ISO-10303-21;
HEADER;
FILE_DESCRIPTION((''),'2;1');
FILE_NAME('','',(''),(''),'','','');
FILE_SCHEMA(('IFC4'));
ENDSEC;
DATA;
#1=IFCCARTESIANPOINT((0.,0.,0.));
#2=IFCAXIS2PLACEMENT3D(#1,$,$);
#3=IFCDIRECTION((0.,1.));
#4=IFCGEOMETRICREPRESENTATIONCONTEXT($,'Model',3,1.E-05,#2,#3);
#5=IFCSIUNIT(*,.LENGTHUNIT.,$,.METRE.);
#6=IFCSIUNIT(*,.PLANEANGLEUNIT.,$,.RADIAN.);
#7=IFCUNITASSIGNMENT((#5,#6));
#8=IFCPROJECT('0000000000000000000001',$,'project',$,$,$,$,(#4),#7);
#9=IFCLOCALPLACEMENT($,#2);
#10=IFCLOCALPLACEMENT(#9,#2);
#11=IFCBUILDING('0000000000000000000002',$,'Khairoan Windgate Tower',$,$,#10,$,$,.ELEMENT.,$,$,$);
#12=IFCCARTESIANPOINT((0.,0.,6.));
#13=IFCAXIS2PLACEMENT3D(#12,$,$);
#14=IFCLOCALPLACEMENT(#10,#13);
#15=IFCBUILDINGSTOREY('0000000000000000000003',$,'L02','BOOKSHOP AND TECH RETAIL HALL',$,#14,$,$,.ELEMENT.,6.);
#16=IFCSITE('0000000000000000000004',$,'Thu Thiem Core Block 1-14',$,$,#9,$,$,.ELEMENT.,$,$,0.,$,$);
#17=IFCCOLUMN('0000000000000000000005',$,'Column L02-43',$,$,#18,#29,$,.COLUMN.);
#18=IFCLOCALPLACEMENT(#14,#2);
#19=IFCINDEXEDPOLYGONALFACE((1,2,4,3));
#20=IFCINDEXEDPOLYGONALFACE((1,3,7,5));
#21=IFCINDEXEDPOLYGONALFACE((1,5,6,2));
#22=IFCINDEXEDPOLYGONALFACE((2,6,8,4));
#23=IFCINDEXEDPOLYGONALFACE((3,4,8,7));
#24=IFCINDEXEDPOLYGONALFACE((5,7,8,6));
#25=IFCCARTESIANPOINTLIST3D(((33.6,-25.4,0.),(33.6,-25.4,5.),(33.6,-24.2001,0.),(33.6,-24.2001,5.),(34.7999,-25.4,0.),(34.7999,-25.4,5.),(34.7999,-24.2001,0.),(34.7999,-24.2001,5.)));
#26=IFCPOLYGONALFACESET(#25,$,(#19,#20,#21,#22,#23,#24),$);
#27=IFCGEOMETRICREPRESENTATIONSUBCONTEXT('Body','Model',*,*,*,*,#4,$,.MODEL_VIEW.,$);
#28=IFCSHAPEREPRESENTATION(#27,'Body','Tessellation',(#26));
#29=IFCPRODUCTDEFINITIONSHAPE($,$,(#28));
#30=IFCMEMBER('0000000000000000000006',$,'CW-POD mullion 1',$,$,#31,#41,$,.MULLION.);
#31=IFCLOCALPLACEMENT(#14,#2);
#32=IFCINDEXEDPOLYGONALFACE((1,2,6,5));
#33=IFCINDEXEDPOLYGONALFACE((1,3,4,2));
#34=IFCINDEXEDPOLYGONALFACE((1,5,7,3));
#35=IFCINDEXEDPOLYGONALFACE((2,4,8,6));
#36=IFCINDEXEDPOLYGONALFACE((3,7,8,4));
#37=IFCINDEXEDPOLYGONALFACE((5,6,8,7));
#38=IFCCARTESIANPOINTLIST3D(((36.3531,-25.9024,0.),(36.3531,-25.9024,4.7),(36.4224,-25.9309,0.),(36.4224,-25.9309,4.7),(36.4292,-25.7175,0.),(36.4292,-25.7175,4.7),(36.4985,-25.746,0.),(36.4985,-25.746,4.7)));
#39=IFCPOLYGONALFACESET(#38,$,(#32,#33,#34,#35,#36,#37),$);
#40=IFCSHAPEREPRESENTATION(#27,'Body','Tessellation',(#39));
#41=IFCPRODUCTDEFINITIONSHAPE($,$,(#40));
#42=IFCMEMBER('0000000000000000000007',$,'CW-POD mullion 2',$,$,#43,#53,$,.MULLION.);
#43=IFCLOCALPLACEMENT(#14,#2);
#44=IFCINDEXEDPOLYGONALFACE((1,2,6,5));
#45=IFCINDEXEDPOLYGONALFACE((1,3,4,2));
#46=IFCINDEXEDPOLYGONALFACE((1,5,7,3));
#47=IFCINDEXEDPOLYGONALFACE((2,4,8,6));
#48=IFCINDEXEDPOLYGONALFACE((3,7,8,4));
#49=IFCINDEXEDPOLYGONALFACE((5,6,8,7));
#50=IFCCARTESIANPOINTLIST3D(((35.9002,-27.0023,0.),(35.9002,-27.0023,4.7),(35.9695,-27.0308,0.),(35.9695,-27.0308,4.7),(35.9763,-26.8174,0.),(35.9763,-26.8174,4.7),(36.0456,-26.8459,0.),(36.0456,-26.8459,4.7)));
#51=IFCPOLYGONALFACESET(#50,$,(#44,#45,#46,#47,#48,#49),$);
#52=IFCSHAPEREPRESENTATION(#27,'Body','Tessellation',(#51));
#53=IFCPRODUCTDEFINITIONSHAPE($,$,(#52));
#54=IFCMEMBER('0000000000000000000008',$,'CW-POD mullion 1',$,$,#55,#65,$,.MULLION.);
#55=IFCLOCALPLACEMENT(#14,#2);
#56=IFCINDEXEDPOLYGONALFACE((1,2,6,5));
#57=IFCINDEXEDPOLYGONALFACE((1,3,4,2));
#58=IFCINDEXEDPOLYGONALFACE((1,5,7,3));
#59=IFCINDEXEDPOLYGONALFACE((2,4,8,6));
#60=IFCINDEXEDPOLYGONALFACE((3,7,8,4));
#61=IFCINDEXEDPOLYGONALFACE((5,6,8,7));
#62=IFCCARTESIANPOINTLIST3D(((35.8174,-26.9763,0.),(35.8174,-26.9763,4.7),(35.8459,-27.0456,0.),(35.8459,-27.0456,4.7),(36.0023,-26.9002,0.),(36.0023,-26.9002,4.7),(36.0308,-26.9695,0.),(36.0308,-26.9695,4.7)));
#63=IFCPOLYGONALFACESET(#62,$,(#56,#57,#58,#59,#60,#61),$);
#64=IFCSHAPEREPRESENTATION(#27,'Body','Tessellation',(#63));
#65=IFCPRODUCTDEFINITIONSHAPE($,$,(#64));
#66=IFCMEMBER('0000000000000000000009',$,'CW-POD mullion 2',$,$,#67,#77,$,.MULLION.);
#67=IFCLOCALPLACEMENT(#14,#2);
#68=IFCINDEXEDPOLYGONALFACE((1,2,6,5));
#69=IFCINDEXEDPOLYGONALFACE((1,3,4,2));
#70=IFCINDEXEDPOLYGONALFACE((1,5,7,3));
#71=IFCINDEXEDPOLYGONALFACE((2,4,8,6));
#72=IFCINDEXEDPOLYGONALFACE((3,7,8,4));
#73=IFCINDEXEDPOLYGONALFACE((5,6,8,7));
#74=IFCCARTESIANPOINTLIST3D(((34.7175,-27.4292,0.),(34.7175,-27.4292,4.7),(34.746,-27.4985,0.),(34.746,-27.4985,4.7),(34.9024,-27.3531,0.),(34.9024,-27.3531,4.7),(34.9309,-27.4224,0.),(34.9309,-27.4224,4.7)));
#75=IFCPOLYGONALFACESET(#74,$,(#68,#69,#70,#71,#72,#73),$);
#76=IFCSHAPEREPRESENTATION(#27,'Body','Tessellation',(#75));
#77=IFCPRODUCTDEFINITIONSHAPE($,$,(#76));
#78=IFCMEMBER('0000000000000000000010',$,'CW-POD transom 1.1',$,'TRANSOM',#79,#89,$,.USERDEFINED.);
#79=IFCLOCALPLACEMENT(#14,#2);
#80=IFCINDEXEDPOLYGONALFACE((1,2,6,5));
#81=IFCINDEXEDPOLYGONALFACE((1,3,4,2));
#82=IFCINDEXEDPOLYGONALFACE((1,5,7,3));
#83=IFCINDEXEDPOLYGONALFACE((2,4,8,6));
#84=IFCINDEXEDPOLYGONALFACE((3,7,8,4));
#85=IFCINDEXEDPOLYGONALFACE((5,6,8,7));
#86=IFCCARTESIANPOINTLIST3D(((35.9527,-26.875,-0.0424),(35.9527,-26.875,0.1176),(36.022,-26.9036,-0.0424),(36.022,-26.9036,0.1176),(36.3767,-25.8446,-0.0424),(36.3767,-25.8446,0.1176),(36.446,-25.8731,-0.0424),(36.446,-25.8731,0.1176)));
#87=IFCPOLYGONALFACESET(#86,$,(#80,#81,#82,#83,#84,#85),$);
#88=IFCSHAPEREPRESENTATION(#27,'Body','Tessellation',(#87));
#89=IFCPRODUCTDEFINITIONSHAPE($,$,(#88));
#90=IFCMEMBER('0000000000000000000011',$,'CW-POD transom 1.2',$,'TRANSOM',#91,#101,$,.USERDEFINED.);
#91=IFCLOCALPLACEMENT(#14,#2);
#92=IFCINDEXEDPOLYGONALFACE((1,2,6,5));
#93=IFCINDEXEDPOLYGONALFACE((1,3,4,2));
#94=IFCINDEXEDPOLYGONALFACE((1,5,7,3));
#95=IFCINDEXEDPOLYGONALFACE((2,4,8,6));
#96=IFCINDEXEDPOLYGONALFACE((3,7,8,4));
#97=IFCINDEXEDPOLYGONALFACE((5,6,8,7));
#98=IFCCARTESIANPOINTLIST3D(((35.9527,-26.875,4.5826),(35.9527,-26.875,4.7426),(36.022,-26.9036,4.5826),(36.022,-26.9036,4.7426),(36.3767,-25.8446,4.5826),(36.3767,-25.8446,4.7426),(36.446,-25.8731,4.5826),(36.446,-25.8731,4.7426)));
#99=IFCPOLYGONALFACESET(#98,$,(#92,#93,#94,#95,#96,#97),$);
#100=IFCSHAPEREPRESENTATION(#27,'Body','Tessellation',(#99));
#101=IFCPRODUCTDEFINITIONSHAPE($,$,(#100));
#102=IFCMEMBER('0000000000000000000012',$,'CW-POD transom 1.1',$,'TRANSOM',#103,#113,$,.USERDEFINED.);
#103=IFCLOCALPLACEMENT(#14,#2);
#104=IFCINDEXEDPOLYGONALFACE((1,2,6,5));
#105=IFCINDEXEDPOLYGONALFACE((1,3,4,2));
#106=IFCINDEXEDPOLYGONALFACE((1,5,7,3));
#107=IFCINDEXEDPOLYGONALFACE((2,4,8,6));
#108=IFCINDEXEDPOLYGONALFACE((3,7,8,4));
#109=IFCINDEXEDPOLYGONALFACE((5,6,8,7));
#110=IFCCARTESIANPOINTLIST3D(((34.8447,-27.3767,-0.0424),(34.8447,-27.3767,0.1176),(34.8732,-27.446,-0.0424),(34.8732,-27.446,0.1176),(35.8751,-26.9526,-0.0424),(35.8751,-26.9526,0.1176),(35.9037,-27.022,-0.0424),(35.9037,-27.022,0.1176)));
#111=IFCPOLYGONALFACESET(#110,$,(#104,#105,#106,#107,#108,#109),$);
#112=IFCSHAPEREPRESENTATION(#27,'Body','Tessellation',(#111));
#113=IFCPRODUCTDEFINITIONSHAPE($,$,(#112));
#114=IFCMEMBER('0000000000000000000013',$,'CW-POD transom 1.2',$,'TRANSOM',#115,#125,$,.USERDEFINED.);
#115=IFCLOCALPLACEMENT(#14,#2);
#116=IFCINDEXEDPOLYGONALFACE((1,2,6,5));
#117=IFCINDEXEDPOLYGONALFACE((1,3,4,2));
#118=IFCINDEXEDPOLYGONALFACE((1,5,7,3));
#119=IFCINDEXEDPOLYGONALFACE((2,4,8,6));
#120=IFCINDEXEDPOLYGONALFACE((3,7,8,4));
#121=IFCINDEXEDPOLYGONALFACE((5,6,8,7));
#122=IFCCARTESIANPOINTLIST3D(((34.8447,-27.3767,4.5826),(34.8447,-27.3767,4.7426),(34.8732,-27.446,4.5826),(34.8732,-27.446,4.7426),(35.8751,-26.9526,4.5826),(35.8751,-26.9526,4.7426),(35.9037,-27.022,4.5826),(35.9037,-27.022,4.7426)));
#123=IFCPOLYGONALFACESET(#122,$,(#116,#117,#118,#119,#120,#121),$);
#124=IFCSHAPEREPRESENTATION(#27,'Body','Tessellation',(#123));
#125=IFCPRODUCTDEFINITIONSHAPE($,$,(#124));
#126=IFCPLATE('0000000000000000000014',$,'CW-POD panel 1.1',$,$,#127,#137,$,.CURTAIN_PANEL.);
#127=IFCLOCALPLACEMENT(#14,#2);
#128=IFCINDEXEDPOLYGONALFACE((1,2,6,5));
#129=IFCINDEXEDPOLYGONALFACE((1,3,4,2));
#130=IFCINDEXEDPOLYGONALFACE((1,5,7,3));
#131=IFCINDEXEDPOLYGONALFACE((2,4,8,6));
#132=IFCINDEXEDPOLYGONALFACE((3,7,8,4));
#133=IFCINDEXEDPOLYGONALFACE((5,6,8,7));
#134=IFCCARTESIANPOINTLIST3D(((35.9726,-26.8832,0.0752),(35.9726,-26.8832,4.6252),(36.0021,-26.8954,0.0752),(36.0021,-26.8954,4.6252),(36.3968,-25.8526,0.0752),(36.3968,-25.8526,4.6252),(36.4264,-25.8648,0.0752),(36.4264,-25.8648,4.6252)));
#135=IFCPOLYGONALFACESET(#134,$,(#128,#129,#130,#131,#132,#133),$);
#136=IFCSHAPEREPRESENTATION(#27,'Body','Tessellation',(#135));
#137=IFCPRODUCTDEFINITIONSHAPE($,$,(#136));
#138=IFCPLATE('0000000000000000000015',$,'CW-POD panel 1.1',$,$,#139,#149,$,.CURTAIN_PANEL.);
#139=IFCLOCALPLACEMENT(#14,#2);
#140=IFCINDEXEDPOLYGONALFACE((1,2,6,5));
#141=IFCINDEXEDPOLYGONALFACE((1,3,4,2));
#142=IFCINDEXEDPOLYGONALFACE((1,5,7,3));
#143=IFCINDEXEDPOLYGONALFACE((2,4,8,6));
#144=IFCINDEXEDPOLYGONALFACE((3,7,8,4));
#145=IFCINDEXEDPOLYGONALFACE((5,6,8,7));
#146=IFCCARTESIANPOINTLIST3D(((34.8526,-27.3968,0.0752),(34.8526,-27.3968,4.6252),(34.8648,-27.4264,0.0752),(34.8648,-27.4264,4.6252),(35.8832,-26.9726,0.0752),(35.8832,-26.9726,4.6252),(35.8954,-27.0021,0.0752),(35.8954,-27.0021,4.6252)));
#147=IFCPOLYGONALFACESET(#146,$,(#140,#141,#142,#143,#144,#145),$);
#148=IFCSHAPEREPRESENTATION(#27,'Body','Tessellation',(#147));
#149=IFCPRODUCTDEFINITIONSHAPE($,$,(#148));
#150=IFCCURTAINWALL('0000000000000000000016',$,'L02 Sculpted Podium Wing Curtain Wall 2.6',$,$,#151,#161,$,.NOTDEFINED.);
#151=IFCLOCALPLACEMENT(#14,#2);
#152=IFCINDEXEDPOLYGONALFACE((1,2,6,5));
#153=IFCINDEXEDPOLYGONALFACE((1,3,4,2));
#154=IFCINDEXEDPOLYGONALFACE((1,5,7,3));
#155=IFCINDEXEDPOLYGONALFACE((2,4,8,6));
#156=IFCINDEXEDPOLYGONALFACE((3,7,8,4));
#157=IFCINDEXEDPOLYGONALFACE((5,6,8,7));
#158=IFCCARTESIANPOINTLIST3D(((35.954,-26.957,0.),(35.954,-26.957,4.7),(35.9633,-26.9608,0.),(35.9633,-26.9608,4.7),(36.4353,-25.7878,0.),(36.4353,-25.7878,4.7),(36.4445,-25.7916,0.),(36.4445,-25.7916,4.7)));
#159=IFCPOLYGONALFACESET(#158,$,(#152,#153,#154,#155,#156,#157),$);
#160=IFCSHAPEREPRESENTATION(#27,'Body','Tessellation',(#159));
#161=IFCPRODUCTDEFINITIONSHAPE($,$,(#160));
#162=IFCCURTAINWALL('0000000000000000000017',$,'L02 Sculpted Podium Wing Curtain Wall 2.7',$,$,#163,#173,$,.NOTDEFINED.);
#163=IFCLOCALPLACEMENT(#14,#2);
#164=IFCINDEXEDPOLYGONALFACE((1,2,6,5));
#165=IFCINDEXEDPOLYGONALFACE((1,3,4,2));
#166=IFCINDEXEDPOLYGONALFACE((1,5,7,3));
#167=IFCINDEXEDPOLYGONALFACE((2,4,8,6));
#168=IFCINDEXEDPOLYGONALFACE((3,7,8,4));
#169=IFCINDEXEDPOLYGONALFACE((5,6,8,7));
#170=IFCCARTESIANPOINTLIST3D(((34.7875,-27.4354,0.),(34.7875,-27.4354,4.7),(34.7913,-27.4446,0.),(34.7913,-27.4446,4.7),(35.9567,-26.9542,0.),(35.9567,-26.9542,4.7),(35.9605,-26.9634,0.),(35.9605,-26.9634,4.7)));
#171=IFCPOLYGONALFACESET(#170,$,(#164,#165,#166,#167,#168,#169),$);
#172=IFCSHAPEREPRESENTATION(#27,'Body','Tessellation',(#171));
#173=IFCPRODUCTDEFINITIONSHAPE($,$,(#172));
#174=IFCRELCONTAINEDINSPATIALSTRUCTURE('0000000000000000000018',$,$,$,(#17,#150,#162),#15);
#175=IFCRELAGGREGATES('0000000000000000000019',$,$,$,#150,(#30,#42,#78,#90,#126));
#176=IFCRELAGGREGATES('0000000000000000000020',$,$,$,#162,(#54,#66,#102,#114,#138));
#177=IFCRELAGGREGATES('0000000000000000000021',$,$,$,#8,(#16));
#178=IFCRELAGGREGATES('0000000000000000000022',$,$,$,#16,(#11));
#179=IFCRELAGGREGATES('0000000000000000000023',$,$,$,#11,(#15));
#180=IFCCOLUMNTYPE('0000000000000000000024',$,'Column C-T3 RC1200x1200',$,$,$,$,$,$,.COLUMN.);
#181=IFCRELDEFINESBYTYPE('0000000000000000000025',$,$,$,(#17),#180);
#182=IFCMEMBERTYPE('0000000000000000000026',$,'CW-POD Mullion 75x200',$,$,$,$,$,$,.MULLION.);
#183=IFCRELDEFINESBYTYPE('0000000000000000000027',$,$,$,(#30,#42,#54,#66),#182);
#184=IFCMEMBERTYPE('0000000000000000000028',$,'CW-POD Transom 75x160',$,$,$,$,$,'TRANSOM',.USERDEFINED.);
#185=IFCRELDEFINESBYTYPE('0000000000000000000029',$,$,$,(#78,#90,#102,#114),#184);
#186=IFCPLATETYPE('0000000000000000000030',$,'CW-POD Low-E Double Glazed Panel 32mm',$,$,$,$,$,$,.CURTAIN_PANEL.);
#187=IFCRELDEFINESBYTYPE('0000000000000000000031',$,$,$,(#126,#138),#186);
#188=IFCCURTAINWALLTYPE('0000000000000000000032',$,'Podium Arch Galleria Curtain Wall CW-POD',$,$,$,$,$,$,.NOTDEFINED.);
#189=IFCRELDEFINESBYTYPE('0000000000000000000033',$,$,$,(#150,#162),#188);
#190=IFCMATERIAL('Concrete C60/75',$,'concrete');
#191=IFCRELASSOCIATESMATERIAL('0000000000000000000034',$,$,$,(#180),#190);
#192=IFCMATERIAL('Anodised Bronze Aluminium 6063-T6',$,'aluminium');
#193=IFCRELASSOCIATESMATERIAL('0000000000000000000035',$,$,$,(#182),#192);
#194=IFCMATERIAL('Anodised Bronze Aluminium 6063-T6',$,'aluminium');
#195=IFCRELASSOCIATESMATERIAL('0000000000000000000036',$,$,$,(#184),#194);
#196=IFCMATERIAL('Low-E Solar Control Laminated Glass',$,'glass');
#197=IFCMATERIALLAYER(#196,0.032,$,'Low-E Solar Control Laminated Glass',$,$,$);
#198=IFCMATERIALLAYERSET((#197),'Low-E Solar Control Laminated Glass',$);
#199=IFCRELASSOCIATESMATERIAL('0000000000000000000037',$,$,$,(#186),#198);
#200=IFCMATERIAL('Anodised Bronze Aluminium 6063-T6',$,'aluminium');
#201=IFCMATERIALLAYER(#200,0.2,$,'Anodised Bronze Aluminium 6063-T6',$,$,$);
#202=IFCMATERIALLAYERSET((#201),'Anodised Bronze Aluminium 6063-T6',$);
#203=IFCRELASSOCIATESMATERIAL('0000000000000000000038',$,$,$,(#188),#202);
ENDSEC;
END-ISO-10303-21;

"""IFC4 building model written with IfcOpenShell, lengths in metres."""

from ifc_helpers import new_model, si_unit, direction, frame, frame_2d, origin, origin_2d, place, context, subcontext, project, spatial, rectangle, extrude, material, layer, layer_set, material_profile, profile_set, type_object, element, aggregate, save


model = new_model("IFC4")

# Units and contexts
model_context = context("Model", 3, precision=1e-05, world=origin(), true_north=direction((0.0, 1.0)))
body_context = subcontext(model_context, "Body", "Model", "MODEL_VIEW")
ifc_project = project(units=[si_unit("LENGTHUNIT", "METRE"), si_unit("PLANEANGLEUNIT", "RADIAN")], contexts=[model_context])

# Site, building, storey
site_placement = place(None, origin())
site = spatial("IfcSite", under=ifc_project, at=site_placement, Name="Thu Thiem Core Block 1-14", CompositionType="ELEMENT", RefElevation=0.0)
building_placement = place(site_placement, origin())
building = spatial("IfcBuilding", under=site, at=building_placement, Name="Khairoan Windgate Tower", CompositionType="ELEMENT")
storey_placement = place(building_placement, frame((0.0, 0.0, 6.0)))
storey = spatial("IfcBuildingStorey", under=building, at=storey_placement, Name="L02", Description="BOOKSHOP AND TECH RETAIL HALL", CompositionType="ELEMENT", Elevation=6.0)

# Column
ifc_material_1 = material(Name="Concrete C60/75", Category="concrete")
ifc_material_profile_1 = material_profile(ifc_material_1, rectangle(XDim=1.2, YDim=1.2, at=origin_2d()))
ifc_profile_set_1 = profile_set([ifc_material_profile_1], Name="Concrete C60/75")
column_type = type_object("IfcColumnType", Name="Column C-T3 RC1200x1200", PredefinedType="COLUMN", material=ifc_profile_set_1)
column_placement = place(storey_placement, frame((34.2, -24.8, 0.0), z_axis=(0.0, 0.0, 1.0), x_axis=(1.0, 0.0, 0.0)))
element("IfcColumn", 1, at=column_placement, inside=storey, type_object=column_type, Name="Column L02-43", PredefinedType="COLUMN", context=body_context, shape_type="SweptSolid", body=[
    extrude(rectangle(XDim=1.2, YDim=1.2, at=origin_2d()), origin(), (0.0, 0.0, 1.0), 5.0),
])

# Members
ifc_material_2 = material(Name="Anodised Bronze Aluminium 6063-T6", Category="aluminium")
ifc_material_profile_2 = material_profile(ifc_material_2, rectangle(XDim=0.075, YDim=0.2, at=origin_2d()))
ifc_profile_set_2 = profile_set([ifc_material_profile_2], Name="Anodised Bronze Aluminium 6063-T6")
member_type_1 = type_object("IfcMemberType", Name="CW-POD Mullion 75x200", PredefinedType="MULLION", material=ifc_profile_set_2)
member_1_placement = place(storey_placement, frame((36.4258, -25.8242, 0.0), z_axis=(0.0, 0.0, 1.0), x_axis=(0.924716, -0.380658, 0.0)))
member_1 = element("IfcMember", 2, at=member_1_placement, type_object=member_type_1, Name="CW-POD mullion 1", PredefinedType="MULLION", context=body_context, shape_type="SweptSolid", body=[
    extrude(rectangle(XDim=0.075, YDim=0.2, at=origin_2d()), origin(), (0.0, 0.0, 1.0), 4.7),
])
member_2_placement = place(storey_placement, frame((35.9729, -26.9241, 0.0), z_axis=(0.0, 0.0, 1.0), x_axis=(0.924716, -0.380658, 0.0)))
member_2 = element("IfcMember", 3, at=member_2_placement, type_object=member_type_1, Name="CW-POD mullion 2", PredefinedType="MULLION", context=body_context, shape_type="SweptSolid", body=[
    extrude(rectangle(XDim=0.075, YDim=0.2, at=origin_2d()), origin(), (0.0, 0.0, 1.0), 4.7),
])
member_3_placement = place(storey_placement, frame((35.9241, -26.9729, 0.0), z_axis=(0.0, 0.0, 1.0), x_axis=(0.380658, -0.924716, 0.0)))
member_3 = element("IfcMember", 4, at=member_3_placement, type_object=member_type_1, Name="CW-POD mullion 1", PredefinedType="MULLION", context=body_context, shape_type="SweptSolid", body=[
    extrude(rectangle(XDim=0.075, YDim=0.2, at=origin_2d()), origin(), (0.0, 0.0, 1.0), 4.7),
])
member_4_placement = place(storey_placement, frame((34.8242, -27.4258, 0.0), z_axis=(0.0, 0.0, 1.0), x_axis=(0.380658, -0.924716, 0.0)))
member_4 = element("IfcMember", 5, at=member_4_placement, type_object=member_type_1, Name="CW-POD mullion 2", PredefinedType="MULLION", context=body_context, shape_type="SweptSolid", body=[
    extrude(rectangle(XDim=0.075, YDim=0.2, at=origin_2d()), origin(), (0.0, 0.0, 1.0), 4.7),
])
ifc_material_3 = material(Name="Anodised Bronze Aluminium 6063-T6", Category="aluminium")
ifc_material_profile_3 = material_profile(ifc_material_3, rectangle(XDim=0.075, YDim=0.1599, at=origin_2d()))
ifc_profile_set_3 = profile_set([ifc_material_profile_3], Name="Anodised Bronze Aluminium 6063-T6")
member_type_2 = type_object("IfcMemberType", Name="CW-POD Transom 75x160", ElementType="TRANSOM", PredefinedType="USERDEFINED", material=ifc_profile_set_3)
member_5_placement = place(storey_placement, frame((36.4114, -25.8589, 0.0376), z_axis=(-0.380551, -0.92476, 0.0), x_axis=(0.92476, -0.380551, 0.0)))
member_5 = element("IfcMember", 6, at=member_5_placement, type_object=member_type_2, Name="CW-POD transom 1.1", ObjectType="TRANSOM", PredefinedType="USERDEFINED", context=body_context, shape_type="SweptSolid", body=[
    extrude(rectangle(XDim=0.075, YDim=0.1599, at=origin_2d()), origin(), (0.0, 0.0, 1.0), 1.1143),
])
member_6_placement = place(storey_placement, frame((36.4114, -25.8589, 4.6626), z_axis=(-0.380551, -0.92476, 0.0), x_axis=(0.92476, -0.380551, 0.0)))
member_6 = element("IfcMember", 7, at=member_6_placement, type_object=member_type_2, Name="CW-POD transom 1.2", ObjectType="TRANSOM", PredefinedType="USERDEFINED", context=body_context, shape_type="SweptSolid", body=[
    extrude(rectangle(XDim=0.075, YDim=0.1599, at=origin_2d()), origin(), (0.0, 0.0, 1.0), 1.1143),
])
member_7_placement = place(storey_placement, frame((35.8894, -26.9873, 0.0376), z_axis=(-0.92476, -0.380551, 0.0), x_axis=(0.380551, -0.92476, 0.0)))
member_7 = element("IfcMember", 8, at=member_7_placement, type_object=member_type_2, Name="CW-POD transom 1.1", ObjectType="TRANSOM", PredefinedType="USERDEFINED", context=body_context, shape_type="SweptSolid", body=[
    extrude(rectangle(XDim=0.075, YDim=0.1599, at=origin_2d()), origin(), (0.0, 0.0, 1.0), 1.1143),
])
member_8_placement = place(storey_placement, frame((35.8894, -26.9873, 4.6626), z_axis=(-0.92476, -0.380551, 0.0), x_axis=(0.380551, -0.92476, 0.0)))
member_8 = element("IfcMember", 9, at=member_8_placement, type_object=member_type_2, Name="CW-POD transom 1.2", ObjectType="TRANSOM", PredefinedType="USERDEFINED", context=body_context, shape_type="SweptSolid", body=[
    extrude(rectangle(XDim=0.075, YDim=0.1599, at=origin_2d()), origin(), (0.0, 0.0, 1.0), 1.1143),
])

# Plates
ifc_material_4 = material(Name="Low-E Solar Control Laminated Glass", Category="glass")
ifc_layer_1 = layer(ifc_material_4, 0.032, Name="Low-E Solar Control Laminated Glass")
ifc_layer_set_1 = layer_set([ifc_layer_1], Name="Low-E Solar Control Laminated Glass")
plate_type = type_object("IfcPlateType", Name="CW-POD Low-E Double Glazed Panel 32mm", PredefinedType="CURTAIN_PANEL", material=ifc_layer_set_1)
plate_1_placement = place(storey_placement, frame((36.1995, -26.374, 0.0752), z_axis=(0.0, 0.0, 1.0), x_axis=(-0.380658, -0.924716, 0.0)))
plate_1 = element("IfcPlate", 10, at=plate_1_placement, type_object=plate_type, Name="CW-POD panel 1.1", PredefinedType="CURTAIN_PANEL", context=body_context, shape_type="SweptSolid", body=[
    extrude(rectangle(XDim=1.1145, YDim=0.032, at=origin_2d()), origin(), (0.0, 0.0, 1.0), 4.55),
])
plate_2_placement = place(storey_placement, frame((35.374, -27.1995, 0.0752), z_axis=(0.0, 0.0, 1.0), x_axis=(-0.924716, -0.380658, 0.0)))
plate_2 = element("IfcPlate", 11, at=plate_2_placement, type_object=plate_type, Name="CW-POD panel 1.1", PredefinedType="CURTAIN_PANEL", context=body_context, shape_type="SweptSolid", body=[
    extrude(rectangle(XDim=1.1145, YDim=0.032, at=origin_2d()), origin(), (0.0, 0.0, 1.0), 4.55),
])

# Curtain walls
ifc_material_5 = material(Name="Anodised Bronze Aluminium 6063-T6", Category="aluminium")
ifc_layer_2 = layer(ifc_material_5, 0.2, Name="Anodised Bronze Aluminium 6063-T6")
ifc_layer_set_2 = layer_set([ifc_layer_2], Name="Anodised Bronze Aluminium 6063-T6")
curtain_wall_type = type_object("IfcCurtainWallType", Name="Podium Arch Galleria Curtain Wall CW-POD", PredefinedType="NOTDEFINED", material=ifc_layer_set_2)
curtain_wall_1_placement = place(storey_placement, frame((36.4399, -25.7896, 0.0), z_axis=(0.0, 0.0, 1.0), x_axis=(-0.380594, -0.924742, 0.0)))
curtain_wall_1 = element("IfcCurtainWall", 12, at=curtain_wall_1_placement, inside=storey, type_object=curtain_wall_type, Name="L02 Sculpted Podium Wing Curtain Wall 2.6", PredefinedType="NOTDEFINED", context=body_context, shape_type="SweptSolid", body=[
    extrude(rectangle(XDim=1.2644, YDim=0.01, at=frame_2d((0.6323, 0.0))), origin(), (0.0, 0.0, 1.0), 4.7),
])
aggregate(curtain_wall_1, [member_1, member_2, member_5, member_6, plate_1])
curtain_wall_2_placement = place(storey_placement, frame((35.9587, -26.9587, 0.0), z_axis=(0.0, 0.0, 1.0), x_axis=(-0.924742, -0.380594, 0.0)))
curtain_wall_2 = element("IfcCurtainWall", 13, at=curtain_wall_2_placement, inside=storey, type_object=curtain_wall_type, Name="L02 Sculpted Podium Wing Curtain Wall 2.7", PredefinedType="NOTDEFINED", context=body_context, shape_type="SweptSolid", body=[
    extrude(rectangle(XDim=1.2644, YDim=0.01, at=frame_2d((0.6323, 0.0))), origin(), (0.0, 0.0, 1.0), 4.7),
])
aggregate(curtain_wall_2, [member_3, member_4, member_7, member_8, plate_2])

save(model, "model.ifc")
